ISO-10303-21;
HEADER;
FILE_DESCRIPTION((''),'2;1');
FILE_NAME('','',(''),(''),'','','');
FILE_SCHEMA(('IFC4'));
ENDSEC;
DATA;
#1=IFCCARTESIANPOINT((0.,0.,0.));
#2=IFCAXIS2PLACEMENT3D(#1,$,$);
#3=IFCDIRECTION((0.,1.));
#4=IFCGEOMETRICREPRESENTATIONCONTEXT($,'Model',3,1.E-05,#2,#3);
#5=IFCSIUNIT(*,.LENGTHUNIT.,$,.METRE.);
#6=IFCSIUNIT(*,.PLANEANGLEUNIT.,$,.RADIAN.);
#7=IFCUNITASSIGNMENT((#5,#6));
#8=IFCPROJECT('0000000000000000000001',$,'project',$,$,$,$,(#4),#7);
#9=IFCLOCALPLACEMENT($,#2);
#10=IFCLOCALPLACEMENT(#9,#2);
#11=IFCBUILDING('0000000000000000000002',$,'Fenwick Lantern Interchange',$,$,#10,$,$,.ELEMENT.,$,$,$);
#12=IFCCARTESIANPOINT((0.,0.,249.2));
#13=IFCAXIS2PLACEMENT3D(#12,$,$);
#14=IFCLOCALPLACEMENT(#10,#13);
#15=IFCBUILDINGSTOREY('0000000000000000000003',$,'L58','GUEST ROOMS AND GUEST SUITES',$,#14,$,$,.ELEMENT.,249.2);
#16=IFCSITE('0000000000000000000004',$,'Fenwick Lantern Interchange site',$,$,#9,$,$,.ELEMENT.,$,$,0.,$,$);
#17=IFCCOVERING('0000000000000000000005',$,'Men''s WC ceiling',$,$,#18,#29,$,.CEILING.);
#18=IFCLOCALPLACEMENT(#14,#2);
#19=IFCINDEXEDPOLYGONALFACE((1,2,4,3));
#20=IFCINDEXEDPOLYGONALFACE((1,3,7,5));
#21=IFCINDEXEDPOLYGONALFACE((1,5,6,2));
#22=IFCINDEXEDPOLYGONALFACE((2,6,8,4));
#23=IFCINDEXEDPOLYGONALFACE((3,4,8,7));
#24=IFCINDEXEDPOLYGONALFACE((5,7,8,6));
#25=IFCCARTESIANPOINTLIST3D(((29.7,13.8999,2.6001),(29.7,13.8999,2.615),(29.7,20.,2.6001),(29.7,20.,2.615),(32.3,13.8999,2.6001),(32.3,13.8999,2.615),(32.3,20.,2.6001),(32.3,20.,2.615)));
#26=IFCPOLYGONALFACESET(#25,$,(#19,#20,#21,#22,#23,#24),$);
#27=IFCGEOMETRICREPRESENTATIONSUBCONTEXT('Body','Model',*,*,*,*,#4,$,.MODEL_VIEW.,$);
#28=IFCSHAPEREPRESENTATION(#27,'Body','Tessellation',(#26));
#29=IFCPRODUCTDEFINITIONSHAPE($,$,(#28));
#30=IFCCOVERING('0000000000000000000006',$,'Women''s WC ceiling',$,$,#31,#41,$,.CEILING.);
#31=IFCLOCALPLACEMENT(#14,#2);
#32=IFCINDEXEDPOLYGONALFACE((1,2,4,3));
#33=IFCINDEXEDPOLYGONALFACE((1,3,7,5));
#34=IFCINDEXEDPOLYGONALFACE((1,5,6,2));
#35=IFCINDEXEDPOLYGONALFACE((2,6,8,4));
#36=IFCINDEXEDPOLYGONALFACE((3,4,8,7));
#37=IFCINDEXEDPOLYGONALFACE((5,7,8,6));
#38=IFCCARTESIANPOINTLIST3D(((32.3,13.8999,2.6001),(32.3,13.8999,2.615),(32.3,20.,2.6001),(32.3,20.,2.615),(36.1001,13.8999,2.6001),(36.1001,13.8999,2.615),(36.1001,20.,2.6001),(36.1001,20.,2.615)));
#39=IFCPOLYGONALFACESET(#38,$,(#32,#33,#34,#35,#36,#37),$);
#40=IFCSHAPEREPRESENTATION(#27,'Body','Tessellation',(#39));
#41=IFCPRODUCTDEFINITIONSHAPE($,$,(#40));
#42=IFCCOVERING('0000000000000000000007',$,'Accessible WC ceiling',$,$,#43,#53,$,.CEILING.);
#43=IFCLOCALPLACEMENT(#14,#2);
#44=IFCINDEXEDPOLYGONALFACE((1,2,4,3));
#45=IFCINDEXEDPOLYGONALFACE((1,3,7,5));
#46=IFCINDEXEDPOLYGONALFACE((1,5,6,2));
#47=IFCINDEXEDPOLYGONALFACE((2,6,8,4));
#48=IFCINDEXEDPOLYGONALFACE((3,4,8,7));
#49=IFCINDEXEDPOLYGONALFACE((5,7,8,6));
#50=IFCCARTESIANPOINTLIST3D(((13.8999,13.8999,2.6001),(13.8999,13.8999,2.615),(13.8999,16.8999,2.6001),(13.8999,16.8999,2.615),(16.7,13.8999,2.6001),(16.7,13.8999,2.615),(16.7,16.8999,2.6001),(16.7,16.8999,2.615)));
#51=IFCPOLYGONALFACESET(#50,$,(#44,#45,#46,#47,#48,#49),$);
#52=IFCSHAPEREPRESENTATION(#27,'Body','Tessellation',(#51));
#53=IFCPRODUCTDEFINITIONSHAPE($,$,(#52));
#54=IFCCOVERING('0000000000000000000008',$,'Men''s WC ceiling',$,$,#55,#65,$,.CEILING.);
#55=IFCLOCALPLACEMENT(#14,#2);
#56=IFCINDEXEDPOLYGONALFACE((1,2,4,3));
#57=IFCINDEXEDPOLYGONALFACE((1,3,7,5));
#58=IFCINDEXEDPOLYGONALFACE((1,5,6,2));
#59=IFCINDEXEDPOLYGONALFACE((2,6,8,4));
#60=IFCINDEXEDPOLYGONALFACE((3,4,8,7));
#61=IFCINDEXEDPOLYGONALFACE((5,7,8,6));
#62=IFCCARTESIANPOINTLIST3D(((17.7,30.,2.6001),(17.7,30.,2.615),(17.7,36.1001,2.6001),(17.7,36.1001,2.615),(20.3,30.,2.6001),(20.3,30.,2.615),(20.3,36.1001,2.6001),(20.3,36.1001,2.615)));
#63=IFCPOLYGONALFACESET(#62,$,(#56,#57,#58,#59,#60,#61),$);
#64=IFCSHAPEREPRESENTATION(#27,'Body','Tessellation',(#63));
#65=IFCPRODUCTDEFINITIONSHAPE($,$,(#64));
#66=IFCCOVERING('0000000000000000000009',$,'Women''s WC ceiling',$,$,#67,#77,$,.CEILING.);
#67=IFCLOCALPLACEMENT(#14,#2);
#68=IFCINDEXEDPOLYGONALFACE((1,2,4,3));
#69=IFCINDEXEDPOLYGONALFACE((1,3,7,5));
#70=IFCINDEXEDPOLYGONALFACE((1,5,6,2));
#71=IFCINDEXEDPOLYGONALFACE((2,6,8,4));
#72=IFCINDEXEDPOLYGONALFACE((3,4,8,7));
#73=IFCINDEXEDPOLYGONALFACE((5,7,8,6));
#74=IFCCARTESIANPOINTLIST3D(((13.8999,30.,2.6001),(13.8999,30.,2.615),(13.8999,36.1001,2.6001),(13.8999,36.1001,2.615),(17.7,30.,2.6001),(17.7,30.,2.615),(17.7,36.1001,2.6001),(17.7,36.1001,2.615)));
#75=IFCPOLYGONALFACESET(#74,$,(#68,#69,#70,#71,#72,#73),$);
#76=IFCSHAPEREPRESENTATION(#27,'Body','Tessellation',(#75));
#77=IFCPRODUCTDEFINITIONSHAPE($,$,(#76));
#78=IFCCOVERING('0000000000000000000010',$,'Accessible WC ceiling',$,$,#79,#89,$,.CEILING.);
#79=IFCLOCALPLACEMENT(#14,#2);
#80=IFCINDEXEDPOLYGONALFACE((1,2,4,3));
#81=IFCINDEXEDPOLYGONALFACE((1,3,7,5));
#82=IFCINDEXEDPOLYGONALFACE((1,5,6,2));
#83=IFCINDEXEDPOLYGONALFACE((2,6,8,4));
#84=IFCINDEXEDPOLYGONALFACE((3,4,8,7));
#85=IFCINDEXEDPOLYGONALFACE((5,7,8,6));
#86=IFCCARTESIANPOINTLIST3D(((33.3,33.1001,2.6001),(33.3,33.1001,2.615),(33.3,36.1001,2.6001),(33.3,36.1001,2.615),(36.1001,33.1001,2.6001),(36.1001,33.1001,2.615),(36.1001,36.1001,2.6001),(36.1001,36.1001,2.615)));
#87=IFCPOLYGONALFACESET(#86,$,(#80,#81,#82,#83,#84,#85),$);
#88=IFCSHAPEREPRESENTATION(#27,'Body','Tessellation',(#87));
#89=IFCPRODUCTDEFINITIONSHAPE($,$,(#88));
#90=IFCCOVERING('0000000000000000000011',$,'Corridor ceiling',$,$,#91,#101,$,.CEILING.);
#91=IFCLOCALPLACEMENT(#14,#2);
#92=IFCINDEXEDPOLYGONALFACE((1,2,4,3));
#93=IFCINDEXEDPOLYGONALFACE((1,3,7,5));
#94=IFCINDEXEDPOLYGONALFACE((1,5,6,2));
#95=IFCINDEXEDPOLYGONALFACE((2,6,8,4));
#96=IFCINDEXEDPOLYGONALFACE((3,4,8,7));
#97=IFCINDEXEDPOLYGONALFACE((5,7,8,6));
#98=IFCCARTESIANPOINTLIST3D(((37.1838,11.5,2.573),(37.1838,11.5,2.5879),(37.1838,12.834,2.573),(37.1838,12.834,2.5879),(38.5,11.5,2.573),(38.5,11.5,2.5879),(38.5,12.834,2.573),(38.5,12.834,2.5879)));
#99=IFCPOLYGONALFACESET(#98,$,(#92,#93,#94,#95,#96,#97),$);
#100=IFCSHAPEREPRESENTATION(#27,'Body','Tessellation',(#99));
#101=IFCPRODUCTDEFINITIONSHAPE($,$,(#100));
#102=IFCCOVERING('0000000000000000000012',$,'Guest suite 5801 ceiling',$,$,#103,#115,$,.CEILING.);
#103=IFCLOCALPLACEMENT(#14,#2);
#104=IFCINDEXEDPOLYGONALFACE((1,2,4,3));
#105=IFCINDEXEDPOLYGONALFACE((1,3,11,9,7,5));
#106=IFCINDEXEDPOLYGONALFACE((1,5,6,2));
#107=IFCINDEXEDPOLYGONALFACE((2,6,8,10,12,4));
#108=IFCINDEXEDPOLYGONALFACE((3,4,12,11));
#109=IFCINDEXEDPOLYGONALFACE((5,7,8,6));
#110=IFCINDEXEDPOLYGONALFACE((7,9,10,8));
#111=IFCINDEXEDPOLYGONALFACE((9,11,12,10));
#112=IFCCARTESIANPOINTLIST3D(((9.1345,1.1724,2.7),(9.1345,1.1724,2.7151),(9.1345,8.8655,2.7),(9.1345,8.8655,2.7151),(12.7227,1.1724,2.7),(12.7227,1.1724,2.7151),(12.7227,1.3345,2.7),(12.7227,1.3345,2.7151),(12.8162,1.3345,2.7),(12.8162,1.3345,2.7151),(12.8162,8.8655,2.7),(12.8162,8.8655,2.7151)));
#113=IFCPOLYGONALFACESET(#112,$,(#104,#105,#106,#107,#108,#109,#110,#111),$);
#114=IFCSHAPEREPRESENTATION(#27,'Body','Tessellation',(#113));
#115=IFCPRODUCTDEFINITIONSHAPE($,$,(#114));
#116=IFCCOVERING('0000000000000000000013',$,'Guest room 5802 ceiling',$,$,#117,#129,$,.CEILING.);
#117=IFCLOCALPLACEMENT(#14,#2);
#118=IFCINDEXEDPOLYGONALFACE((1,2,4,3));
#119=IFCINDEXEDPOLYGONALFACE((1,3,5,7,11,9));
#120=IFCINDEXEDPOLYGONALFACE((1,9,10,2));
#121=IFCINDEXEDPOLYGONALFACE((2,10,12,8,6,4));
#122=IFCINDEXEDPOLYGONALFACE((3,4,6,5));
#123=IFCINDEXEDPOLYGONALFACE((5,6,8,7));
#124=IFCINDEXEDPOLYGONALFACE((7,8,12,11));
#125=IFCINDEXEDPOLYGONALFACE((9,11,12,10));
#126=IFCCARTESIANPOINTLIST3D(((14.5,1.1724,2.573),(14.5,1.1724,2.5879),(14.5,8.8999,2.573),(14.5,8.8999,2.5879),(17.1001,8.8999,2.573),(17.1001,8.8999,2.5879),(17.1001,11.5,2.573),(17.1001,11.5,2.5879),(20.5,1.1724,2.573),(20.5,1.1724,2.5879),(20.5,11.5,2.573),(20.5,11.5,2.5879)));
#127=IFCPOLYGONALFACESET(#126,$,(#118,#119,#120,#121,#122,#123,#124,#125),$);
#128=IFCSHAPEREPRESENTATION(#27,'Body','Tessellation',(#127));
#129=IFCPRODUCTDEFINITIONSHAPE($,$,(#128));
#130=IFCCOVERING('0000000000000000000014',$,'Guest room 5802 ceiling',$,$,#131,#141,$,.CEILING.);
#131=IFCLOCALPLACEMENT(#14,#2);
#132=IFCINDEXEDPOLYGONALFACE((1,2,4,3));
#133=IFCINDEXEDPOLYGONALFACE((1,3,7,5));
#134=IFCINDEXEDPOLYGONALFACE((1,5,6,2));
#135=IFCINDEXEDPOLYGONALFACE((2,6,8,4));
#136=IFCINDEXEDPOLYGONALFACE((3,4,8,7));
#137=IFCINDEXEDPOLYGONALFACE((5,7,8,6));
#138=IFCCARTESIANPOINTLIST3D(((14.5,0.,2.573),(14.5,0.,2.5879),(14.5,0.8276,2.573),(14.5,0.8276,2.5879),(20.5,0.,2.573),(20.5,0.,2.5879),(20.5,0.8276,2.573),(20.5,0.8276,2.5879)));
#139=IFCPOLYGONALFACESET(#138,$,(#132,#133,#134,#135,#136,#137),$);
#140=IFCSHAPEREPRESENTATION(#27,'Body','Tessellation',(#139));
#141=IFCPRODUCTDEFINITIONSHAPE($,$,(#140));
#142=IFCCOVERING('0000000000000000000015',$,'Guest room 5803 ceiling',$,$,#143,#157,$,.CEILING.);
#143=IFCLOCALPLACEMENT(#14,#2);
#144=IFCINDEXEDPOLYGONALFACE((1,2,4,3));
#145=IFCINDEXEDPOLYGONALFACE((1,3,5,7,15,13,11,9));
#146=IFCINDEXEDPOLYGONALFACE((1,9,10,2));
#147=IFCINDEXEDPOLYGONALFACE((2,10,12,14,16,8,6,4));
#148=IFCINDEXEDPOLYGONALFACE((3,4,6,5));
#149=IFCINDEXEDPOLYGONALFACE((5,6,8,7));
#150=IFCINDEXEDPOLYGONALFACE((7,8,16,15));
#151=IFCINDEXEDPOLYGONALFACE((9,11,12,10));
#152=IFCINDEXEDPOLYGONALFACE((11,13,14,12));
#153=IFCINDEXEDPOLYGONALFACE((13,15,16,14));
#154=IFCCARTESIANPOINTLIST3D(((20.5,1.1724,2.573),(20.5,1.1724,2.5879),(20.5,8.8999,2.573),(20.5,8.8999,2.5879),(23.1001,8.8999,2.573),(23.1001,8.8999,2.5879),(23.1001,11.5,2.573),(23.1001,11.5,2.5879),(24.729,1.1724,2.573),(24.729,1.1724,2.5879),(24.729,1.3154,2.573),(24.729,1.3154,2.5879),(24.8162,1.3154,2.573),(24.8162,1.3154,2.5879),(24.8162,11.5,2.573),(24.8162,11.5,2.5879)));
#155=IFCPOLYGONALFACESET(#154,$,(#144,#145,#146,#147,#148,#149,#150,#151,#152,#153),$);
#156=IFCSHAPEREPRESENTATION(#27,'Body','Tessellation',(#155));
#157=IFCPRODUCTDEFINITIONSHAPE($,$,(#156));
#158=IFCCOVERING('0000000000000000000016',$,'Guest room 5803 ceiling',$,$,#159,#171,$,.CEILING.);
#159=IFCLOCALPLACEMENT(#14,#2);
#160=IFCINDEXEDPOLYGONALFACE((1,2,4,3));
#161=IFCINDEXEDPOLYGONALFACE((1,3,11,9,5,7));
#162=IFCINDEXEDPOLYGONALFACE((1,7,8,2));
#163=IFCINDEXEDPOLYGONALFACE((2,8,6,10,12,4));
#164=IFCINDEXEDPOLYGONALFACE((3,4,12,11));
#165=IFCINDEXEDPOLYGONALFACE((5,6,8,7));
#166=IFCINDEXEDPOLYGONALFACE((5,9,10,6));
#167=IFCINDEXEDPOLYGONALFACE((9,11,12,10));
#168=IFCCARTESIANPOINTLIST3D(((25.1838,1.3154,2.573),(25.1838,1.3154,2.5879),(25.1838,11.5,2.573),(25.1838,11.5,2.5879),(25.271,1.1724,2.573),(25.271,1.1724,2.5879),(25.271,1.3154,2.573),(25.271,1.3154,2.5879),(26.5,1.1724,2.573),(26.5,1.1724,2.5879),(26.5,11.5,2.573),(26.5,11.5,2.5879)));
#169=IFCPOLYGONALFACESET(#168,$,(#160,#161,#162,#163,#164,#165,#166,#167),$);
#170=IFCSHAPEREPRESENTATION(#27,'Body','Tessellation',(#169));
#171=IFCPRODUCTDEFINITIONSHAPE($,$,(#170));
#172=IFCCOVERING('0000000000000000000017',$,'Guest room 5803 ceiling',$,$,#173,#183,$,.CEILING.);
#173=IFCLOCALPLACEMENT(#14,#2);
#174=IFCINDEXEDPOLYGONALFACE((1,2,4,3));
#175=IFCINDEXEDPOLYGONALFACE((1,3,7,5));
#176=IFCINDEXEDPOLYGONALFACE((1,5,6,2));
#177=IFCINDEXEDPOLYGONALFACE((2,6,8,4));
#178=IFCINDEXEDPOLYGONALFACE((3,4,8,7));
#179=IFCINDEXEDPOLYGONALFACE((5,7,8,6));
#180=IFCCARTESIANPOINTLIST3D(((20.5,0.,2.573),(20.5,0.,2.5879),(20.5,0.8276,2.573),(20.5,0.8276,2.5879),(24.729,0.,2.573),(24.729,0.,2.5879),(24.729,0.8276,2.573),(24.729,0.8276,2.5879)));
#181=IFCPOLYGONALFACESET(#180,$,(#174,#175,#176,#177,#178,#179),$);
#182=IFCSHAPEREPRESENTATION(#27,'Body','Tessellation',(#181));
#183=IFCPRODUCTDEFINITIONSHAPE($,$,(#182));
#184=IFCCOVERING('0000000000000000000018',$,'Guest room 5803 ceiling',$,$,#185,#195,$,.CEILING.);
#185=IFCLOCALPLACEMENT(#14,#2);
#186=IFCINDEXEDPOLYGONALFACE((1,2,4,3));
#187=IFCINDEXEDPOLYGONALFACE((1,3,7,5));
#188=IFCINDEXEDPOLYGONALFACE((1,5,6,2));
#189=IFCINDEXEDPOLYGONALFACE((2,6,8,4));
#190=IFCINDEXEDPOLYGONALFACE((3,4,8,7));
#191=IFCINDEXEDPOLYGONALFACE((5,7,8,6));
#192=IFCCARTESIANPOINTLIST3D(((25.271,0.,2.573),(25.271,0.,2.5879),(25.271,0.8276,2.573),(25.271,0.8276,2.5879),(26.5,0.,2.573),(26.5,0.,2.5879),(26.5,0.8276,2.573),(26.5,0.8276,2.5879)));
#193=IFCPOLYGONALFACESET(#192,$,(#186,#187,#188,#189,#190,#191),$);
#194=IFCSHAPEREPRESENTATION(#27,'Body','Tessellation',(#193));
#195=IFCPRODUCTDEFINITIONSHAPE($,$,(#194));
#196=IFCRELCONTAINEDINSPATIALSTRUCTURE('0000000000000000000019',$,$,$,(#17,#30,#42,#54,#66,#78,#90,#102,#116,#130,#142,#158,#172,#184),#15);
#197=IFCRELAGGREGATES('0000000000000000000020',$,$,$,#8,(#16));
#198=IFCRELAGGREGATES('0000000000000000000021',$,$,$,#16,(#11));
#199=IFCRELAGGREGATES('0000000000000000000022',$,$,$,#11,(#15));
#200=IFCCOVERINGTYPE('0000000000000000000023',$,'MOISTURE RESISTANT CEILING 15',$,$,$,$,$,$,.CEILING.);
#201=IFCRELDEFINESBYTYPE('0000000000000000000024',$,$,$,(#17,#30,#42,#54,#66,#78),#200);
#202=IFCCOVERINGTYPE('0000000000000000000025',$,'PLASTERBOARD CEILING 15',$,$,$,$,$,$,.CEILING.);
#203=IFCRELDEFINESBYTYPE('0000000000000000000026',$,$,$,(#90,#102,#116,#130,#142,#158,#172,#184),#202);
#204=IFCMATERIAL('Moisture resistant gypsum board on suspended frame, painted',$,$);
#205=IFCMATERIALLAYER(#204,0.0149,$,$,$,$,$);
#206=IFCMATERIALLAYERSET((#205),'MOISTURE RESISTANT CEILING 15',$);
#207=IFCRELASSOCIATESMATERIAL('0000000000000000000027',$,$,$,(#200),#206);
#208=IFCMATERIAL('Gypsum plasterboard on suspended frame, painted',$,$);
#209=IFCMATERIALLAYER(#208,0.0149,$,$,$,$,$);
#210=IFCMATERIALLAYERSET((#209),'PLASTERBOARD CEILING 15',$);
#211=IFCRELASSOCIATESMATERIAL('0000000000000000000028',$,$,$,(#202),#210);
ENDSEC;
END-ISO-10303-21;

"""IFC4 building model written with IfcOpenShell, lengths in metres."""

from ifc_helpers import new_model, si_unit, direction, frame, origin, place, context, subcontext, project, spatial, polyline, outline, extrude, material, layer, layer_set, type_object, element, save


model = new_model("IFC4")

# Units and contexts
model_context = context("Model", 3, precision=1e-05, world=origin(), true_north=direction((0.0, 1.0)))
body_context = subcontext(model_context, "Body", "Model", "MODEL_VIEW")
ifc_project = project(units=[si_unit("LENGTHUNIT", "METRE"), si_unit("PLANEANGLEUNIT", "RADIAN")], contexts=[model_context])

# Site, building, storey
site_placement = place(None, origin())
site = spatial("IfcSite", under=ifc_project, at=site_placement, Name="Fenwick Lantern Interchange site", CompositionType="ELEMENT", RefElevation=0.0)
building_placement = place(site_placement, origin())
building = spatial("IfcBuilding", under=site, at=building_placement, Name="Fenwick Lantern Interchange", CompositionType="ELEMENT")
storey_placement = place(building_placement, frame((0.0, 0.0, 249.2)))
storey = spatial("IfcBuildingStorey", under=building, at=storey_placement, Name="L58", Description="GUEST ROOMS AND GUEST SUITES", CompositionType="ELEMENT", Elevation=249.2)

# Coverings
ifc_material_1 = material(Name="Moisture resistant gypsum board on suspended frame, painted")
ifc_layer_1 = layer(ifc_material_1, 0.0149)
ifc_layer_set_1 = layer_set([ifc_layer_1], Name="MOISTURE RESISTANT CEILING 15")
covering_type_1 = type_object("IfcCoveringType", Name="MOISTURE RESISTANT CEILING 15", PredefinedType="CEILING", material=ifc_layer_set_1)
covering_1_placement = place(storey_placement, frame((0.0, 0.0, 2.6001)))
element("IfcCovering", 1, at=covering_1_placement, inside=storey, type_object=covering_type_1, Name="Men's WC ceiling", PredefinedType="CEILING", context=body_context, shape_type="SweptSolid", body=[
    extrude(outline(polyline([(29.7, 13.8999), (32.3, 13.8999), (32.3, 20.0), (29.7, 20.0), (29.7, 13.8999)])), origin(), (0.0, 0.0, 1.0), 0.0149),
])
covering_2_placement = place(storey_placement, frame((0.0, 0.0, 2.6001)))
element("IfcCovering", 2, at=covering_2_placement, inside=storey, type_object=covering_type_1, Name="Women's WC ceiling", PredefinedType="CEILING", context=body_context, shape_type="SweptSolid", body=[
    extrude(outline(polyline([(32.3, 13.8999), (36.1001, 13.8999), (36.1001, 20.0), (32.3, 20.0), (32.3, 13.8999)])), origin(), (0.0, 0.0, 1.0), 0.0149),
])
covering_3_placement = place(storey_placement, frame((0.0, 0.0, 2.6001)))
element("IfcCovering", 3, at=covering_3_placement, inside=storey, type_object=covering_type_1, Name="Accessible WC ceiling", PredefinedType="CEILING", context=body_context, shape_type="SweptSolid", body=[
    extrude(outline(polyline([(13.8999, 13.8999), (16.7, 13.8999), (16.7, 16.8999), (13.8999, 16.8999), (13.8999, 13.8999)])), origin(), (0.0, 0.0, 1.0), 0.0149),
])
covering_4_placement = place(storey_placement, frame((0.0, 0.0, 2.6001)))
element("IfcCovering", 4, at=covering_4_placement, inside=storey, type_object=covering_type_1, Name="Men's WC ceiling", PredefinedType="CEILING", context=body_context, shape_type="SweptSolid", body=[
    extrude(outline(polyline([(20.3, 36.1001), (17.7, 36.1001), (17.7, 30.0), (20.3, 30.0), (20.3, 36.1001)])), origin(), (0.0, 0.0, 1.0), 0.0149),
])
covering_5_placement = place(storey_placement, frame((0.0, 0.0, 2.6001)))
element("IfcCovering", 5, at=covering_5_placement, inside=storey, type_object=covering_type_1, Name="Women's WC ceiling", PredefinedType="CEILING", context=body_context, shape_type="SweptSolid", body=[
    extrude(outline(polyline([(17.7, 36.1001), (13.8999, 36.1001), (13.8999, 30.0), (17.7, 30.0), (17.7, 36.1001)])), origin(), (0.0, 0.0, 1.0), 0.0149),
])
covering_6_placement = place(storey_placement, frame((0.0, 0.0, 2.6001)))
element("IfcCovering", 6, at=covering_6_placement, inside=storey, type_object=covering_type_1, Name="Accessible WC ceiling", PredefinedType="CEILING", context=body_context, shape_type="SweptSolid", body=[
    extrude(outline(polyline([(36.1001, 36.1001), (33.3, 36.1001), (33.3, 33.1001), (36.1001, 33.1001), (36.1001, 36.1001)])), origin(), (0.0, 0.0, 1.0), 0.0149),
])
ifc_material_2 = material(Name="Gypsum plasterboard on suspended frame, painted")
ifc_layer_2 = layer(ifc_material_2, 0.0149)
ifc_layer_set_2 = layer_set([ifc_layer_2], Name="PLASTERBOARD CEILING 15")
covering_type_2 = type_object("IfcCoveringType", Name="PLASTERBOARD CEILING 15", PredefinedType="CEILING", material=ifc_layer_set_2)
covering_7_placement = place(storey_placement, frame((0.0, 0.0, 2.573)))
element("IfcCovering", 7, at=covering_7_placement, inside=storey, type_object=covering_type_2, Name="Corridor ceiling", PredefinedType="CEILING", context=body_context, shape_type="SweptSolid", body=[
    extrude(outline(polyline([(38.5, 11.5), (38.5, 12.834), (37.1838, 12.834), (37.1838, 11.5), (38.5, 11.5)])), origin(), (0.0, 0.0, 1.0), 0.0149),
])
covering_8_placement = place(storey_placement, frame((0.0, 0.0, 2.7)))
element("IfcCovering", 8, at=covering_8_placement, inside=storey, type_object=covering_type_2, Name="Guest suite 5801 ceiling", PredefinedType="CEILING", context=body_context, shape_type="SweptSolid", body=[
    extrude(outline(polyline([(12.7227, 1.3345), (12.8162, 1.3345), (12.8162, 8.8655), (9.1345, 8.8655), (9.1345, 1.1724), (12.7227, 1.1724), (12.7227, 1.3345)])), origin(), (0.0, 0.0, 1.0), 0.0151),
])
covering_9_placement = place(storey_placement, frame((0.0, 0.0, 2.573)))
element("IfcCovering", 9, at=covering_9_placement, inside=storey, type_object=covering_type_2, Name="Guest room 5802 ceiling", PredefinedType="CEILING", context=body_context, shape_type="SweptSolid", body=[
    extrude(outline(polyline([(20.5, 1.1724), (20.5, 11.5), (17.1001, 11.5), (17.1001, 8.8999), (14.5, 8.8999), (14.5, 1.1724), (20.5, 1.1724)])), origin(), (0.0, 0.0, 1.0), 0.0149),
])
covering_10_placement = place(storey_placement, frame((0.0, 0.0, 2.573)))
element("IfcCovering", 10, at=covering_10_placement, inside=storey, type_object=covering_type_2, Name="Guest room 5802 ceiling", PredefinedType="CEILING", context=body_context, shape_type="SweptSolid", body=[
    extrude(outline(polyline([(20.5, 0.0), (20.5, 0.8276), (14.5, 0.8276), (14.5, 0.0), (20.5, 0.0)])), origin(), (0.0, 0.0, 1.0), 0.0149),
])
covering_11_placement = place(storey_placement, frame((0.0, 0.0, 2.573)))
element("IfcCovering", 11, at=covering_11_placement, inside=storey, type_object=covering_type_2, Name="Guest room 5803 ceiling", PredefinedType="CEILING", context=body_context, shape_type="SweptSolid", body=[
    extrude(outline(polyline([(24.729, 1.3154), (24.8162, 1.3154), (24.8162, 11.5), (23.1001, 11.5), (23.1001, 8.8999), (20.5, 8.8999), (20.5, 1.1724), (24.729, 1.1724), (24.729, 1.3154)])), origin(), (0.0, 0.0, 1.0), 0.0149),
])
covering_12_placement = place(storey_placement, frame((0.0, 0.0, 2.573)))
element("IfcCovering", 12, at=covering_12_placement, inside=storey, type_object=covering_type_2, Name="Guest room 5803 ceiling", PredefinedType="CEILING", context=body_context, shape_type="SweptSolid", body=[
    extrude(outline(polyline([(25.271, 1.3154), (25.271, 1.1724), (26.5, 1.1724), (26.5, 11.5), (25.1838, 11.5), (25.1838, 1.3154), (25.271, 1.3154)])), origin(), (0.0, 0.0, 1.0), 0.0149),
])
covering_13_placement = place(storey_placement, frame((0.0, 0.0, 2.573)))
element("IfcCovering", 13, at=covering_13_placement, inside=storey, type_object=covering_type_2, Name="Guest room 5803 ceiling", PredefinedType="CEILING", context=body_context, shape_type="SweptSolid", body=[
    extrude(outline(polyline([(24.729, 0.0), (24.729, 0.8276), (20.5, 0.8276), (20.5, 0.0), (24.729, 0.0)])), origin(), (0.0, 0.0, 1.0), 0.0149),
])
covering_14_placement = place(storey_placement, frame((0.0, 0.0, 2.573)))
element("IfcCovering", 14, at=covering_14_placement, inside=storey, type_object=covering_type_2, Name="Guest room 5803 ceiling", PredefinedType="CEILING", context=body_context, shape_type="SweptSolid", body=[
    extrude(outline(polyline([(25.271, 0.0), (26.5, 0.0), (26.5, 0.8276), (25.271, 0.8276), (25.271, 0.0)])), origin(), (0.0, 0.0, 1.0), 0.0149),
])

save(model, "model.ifc")
